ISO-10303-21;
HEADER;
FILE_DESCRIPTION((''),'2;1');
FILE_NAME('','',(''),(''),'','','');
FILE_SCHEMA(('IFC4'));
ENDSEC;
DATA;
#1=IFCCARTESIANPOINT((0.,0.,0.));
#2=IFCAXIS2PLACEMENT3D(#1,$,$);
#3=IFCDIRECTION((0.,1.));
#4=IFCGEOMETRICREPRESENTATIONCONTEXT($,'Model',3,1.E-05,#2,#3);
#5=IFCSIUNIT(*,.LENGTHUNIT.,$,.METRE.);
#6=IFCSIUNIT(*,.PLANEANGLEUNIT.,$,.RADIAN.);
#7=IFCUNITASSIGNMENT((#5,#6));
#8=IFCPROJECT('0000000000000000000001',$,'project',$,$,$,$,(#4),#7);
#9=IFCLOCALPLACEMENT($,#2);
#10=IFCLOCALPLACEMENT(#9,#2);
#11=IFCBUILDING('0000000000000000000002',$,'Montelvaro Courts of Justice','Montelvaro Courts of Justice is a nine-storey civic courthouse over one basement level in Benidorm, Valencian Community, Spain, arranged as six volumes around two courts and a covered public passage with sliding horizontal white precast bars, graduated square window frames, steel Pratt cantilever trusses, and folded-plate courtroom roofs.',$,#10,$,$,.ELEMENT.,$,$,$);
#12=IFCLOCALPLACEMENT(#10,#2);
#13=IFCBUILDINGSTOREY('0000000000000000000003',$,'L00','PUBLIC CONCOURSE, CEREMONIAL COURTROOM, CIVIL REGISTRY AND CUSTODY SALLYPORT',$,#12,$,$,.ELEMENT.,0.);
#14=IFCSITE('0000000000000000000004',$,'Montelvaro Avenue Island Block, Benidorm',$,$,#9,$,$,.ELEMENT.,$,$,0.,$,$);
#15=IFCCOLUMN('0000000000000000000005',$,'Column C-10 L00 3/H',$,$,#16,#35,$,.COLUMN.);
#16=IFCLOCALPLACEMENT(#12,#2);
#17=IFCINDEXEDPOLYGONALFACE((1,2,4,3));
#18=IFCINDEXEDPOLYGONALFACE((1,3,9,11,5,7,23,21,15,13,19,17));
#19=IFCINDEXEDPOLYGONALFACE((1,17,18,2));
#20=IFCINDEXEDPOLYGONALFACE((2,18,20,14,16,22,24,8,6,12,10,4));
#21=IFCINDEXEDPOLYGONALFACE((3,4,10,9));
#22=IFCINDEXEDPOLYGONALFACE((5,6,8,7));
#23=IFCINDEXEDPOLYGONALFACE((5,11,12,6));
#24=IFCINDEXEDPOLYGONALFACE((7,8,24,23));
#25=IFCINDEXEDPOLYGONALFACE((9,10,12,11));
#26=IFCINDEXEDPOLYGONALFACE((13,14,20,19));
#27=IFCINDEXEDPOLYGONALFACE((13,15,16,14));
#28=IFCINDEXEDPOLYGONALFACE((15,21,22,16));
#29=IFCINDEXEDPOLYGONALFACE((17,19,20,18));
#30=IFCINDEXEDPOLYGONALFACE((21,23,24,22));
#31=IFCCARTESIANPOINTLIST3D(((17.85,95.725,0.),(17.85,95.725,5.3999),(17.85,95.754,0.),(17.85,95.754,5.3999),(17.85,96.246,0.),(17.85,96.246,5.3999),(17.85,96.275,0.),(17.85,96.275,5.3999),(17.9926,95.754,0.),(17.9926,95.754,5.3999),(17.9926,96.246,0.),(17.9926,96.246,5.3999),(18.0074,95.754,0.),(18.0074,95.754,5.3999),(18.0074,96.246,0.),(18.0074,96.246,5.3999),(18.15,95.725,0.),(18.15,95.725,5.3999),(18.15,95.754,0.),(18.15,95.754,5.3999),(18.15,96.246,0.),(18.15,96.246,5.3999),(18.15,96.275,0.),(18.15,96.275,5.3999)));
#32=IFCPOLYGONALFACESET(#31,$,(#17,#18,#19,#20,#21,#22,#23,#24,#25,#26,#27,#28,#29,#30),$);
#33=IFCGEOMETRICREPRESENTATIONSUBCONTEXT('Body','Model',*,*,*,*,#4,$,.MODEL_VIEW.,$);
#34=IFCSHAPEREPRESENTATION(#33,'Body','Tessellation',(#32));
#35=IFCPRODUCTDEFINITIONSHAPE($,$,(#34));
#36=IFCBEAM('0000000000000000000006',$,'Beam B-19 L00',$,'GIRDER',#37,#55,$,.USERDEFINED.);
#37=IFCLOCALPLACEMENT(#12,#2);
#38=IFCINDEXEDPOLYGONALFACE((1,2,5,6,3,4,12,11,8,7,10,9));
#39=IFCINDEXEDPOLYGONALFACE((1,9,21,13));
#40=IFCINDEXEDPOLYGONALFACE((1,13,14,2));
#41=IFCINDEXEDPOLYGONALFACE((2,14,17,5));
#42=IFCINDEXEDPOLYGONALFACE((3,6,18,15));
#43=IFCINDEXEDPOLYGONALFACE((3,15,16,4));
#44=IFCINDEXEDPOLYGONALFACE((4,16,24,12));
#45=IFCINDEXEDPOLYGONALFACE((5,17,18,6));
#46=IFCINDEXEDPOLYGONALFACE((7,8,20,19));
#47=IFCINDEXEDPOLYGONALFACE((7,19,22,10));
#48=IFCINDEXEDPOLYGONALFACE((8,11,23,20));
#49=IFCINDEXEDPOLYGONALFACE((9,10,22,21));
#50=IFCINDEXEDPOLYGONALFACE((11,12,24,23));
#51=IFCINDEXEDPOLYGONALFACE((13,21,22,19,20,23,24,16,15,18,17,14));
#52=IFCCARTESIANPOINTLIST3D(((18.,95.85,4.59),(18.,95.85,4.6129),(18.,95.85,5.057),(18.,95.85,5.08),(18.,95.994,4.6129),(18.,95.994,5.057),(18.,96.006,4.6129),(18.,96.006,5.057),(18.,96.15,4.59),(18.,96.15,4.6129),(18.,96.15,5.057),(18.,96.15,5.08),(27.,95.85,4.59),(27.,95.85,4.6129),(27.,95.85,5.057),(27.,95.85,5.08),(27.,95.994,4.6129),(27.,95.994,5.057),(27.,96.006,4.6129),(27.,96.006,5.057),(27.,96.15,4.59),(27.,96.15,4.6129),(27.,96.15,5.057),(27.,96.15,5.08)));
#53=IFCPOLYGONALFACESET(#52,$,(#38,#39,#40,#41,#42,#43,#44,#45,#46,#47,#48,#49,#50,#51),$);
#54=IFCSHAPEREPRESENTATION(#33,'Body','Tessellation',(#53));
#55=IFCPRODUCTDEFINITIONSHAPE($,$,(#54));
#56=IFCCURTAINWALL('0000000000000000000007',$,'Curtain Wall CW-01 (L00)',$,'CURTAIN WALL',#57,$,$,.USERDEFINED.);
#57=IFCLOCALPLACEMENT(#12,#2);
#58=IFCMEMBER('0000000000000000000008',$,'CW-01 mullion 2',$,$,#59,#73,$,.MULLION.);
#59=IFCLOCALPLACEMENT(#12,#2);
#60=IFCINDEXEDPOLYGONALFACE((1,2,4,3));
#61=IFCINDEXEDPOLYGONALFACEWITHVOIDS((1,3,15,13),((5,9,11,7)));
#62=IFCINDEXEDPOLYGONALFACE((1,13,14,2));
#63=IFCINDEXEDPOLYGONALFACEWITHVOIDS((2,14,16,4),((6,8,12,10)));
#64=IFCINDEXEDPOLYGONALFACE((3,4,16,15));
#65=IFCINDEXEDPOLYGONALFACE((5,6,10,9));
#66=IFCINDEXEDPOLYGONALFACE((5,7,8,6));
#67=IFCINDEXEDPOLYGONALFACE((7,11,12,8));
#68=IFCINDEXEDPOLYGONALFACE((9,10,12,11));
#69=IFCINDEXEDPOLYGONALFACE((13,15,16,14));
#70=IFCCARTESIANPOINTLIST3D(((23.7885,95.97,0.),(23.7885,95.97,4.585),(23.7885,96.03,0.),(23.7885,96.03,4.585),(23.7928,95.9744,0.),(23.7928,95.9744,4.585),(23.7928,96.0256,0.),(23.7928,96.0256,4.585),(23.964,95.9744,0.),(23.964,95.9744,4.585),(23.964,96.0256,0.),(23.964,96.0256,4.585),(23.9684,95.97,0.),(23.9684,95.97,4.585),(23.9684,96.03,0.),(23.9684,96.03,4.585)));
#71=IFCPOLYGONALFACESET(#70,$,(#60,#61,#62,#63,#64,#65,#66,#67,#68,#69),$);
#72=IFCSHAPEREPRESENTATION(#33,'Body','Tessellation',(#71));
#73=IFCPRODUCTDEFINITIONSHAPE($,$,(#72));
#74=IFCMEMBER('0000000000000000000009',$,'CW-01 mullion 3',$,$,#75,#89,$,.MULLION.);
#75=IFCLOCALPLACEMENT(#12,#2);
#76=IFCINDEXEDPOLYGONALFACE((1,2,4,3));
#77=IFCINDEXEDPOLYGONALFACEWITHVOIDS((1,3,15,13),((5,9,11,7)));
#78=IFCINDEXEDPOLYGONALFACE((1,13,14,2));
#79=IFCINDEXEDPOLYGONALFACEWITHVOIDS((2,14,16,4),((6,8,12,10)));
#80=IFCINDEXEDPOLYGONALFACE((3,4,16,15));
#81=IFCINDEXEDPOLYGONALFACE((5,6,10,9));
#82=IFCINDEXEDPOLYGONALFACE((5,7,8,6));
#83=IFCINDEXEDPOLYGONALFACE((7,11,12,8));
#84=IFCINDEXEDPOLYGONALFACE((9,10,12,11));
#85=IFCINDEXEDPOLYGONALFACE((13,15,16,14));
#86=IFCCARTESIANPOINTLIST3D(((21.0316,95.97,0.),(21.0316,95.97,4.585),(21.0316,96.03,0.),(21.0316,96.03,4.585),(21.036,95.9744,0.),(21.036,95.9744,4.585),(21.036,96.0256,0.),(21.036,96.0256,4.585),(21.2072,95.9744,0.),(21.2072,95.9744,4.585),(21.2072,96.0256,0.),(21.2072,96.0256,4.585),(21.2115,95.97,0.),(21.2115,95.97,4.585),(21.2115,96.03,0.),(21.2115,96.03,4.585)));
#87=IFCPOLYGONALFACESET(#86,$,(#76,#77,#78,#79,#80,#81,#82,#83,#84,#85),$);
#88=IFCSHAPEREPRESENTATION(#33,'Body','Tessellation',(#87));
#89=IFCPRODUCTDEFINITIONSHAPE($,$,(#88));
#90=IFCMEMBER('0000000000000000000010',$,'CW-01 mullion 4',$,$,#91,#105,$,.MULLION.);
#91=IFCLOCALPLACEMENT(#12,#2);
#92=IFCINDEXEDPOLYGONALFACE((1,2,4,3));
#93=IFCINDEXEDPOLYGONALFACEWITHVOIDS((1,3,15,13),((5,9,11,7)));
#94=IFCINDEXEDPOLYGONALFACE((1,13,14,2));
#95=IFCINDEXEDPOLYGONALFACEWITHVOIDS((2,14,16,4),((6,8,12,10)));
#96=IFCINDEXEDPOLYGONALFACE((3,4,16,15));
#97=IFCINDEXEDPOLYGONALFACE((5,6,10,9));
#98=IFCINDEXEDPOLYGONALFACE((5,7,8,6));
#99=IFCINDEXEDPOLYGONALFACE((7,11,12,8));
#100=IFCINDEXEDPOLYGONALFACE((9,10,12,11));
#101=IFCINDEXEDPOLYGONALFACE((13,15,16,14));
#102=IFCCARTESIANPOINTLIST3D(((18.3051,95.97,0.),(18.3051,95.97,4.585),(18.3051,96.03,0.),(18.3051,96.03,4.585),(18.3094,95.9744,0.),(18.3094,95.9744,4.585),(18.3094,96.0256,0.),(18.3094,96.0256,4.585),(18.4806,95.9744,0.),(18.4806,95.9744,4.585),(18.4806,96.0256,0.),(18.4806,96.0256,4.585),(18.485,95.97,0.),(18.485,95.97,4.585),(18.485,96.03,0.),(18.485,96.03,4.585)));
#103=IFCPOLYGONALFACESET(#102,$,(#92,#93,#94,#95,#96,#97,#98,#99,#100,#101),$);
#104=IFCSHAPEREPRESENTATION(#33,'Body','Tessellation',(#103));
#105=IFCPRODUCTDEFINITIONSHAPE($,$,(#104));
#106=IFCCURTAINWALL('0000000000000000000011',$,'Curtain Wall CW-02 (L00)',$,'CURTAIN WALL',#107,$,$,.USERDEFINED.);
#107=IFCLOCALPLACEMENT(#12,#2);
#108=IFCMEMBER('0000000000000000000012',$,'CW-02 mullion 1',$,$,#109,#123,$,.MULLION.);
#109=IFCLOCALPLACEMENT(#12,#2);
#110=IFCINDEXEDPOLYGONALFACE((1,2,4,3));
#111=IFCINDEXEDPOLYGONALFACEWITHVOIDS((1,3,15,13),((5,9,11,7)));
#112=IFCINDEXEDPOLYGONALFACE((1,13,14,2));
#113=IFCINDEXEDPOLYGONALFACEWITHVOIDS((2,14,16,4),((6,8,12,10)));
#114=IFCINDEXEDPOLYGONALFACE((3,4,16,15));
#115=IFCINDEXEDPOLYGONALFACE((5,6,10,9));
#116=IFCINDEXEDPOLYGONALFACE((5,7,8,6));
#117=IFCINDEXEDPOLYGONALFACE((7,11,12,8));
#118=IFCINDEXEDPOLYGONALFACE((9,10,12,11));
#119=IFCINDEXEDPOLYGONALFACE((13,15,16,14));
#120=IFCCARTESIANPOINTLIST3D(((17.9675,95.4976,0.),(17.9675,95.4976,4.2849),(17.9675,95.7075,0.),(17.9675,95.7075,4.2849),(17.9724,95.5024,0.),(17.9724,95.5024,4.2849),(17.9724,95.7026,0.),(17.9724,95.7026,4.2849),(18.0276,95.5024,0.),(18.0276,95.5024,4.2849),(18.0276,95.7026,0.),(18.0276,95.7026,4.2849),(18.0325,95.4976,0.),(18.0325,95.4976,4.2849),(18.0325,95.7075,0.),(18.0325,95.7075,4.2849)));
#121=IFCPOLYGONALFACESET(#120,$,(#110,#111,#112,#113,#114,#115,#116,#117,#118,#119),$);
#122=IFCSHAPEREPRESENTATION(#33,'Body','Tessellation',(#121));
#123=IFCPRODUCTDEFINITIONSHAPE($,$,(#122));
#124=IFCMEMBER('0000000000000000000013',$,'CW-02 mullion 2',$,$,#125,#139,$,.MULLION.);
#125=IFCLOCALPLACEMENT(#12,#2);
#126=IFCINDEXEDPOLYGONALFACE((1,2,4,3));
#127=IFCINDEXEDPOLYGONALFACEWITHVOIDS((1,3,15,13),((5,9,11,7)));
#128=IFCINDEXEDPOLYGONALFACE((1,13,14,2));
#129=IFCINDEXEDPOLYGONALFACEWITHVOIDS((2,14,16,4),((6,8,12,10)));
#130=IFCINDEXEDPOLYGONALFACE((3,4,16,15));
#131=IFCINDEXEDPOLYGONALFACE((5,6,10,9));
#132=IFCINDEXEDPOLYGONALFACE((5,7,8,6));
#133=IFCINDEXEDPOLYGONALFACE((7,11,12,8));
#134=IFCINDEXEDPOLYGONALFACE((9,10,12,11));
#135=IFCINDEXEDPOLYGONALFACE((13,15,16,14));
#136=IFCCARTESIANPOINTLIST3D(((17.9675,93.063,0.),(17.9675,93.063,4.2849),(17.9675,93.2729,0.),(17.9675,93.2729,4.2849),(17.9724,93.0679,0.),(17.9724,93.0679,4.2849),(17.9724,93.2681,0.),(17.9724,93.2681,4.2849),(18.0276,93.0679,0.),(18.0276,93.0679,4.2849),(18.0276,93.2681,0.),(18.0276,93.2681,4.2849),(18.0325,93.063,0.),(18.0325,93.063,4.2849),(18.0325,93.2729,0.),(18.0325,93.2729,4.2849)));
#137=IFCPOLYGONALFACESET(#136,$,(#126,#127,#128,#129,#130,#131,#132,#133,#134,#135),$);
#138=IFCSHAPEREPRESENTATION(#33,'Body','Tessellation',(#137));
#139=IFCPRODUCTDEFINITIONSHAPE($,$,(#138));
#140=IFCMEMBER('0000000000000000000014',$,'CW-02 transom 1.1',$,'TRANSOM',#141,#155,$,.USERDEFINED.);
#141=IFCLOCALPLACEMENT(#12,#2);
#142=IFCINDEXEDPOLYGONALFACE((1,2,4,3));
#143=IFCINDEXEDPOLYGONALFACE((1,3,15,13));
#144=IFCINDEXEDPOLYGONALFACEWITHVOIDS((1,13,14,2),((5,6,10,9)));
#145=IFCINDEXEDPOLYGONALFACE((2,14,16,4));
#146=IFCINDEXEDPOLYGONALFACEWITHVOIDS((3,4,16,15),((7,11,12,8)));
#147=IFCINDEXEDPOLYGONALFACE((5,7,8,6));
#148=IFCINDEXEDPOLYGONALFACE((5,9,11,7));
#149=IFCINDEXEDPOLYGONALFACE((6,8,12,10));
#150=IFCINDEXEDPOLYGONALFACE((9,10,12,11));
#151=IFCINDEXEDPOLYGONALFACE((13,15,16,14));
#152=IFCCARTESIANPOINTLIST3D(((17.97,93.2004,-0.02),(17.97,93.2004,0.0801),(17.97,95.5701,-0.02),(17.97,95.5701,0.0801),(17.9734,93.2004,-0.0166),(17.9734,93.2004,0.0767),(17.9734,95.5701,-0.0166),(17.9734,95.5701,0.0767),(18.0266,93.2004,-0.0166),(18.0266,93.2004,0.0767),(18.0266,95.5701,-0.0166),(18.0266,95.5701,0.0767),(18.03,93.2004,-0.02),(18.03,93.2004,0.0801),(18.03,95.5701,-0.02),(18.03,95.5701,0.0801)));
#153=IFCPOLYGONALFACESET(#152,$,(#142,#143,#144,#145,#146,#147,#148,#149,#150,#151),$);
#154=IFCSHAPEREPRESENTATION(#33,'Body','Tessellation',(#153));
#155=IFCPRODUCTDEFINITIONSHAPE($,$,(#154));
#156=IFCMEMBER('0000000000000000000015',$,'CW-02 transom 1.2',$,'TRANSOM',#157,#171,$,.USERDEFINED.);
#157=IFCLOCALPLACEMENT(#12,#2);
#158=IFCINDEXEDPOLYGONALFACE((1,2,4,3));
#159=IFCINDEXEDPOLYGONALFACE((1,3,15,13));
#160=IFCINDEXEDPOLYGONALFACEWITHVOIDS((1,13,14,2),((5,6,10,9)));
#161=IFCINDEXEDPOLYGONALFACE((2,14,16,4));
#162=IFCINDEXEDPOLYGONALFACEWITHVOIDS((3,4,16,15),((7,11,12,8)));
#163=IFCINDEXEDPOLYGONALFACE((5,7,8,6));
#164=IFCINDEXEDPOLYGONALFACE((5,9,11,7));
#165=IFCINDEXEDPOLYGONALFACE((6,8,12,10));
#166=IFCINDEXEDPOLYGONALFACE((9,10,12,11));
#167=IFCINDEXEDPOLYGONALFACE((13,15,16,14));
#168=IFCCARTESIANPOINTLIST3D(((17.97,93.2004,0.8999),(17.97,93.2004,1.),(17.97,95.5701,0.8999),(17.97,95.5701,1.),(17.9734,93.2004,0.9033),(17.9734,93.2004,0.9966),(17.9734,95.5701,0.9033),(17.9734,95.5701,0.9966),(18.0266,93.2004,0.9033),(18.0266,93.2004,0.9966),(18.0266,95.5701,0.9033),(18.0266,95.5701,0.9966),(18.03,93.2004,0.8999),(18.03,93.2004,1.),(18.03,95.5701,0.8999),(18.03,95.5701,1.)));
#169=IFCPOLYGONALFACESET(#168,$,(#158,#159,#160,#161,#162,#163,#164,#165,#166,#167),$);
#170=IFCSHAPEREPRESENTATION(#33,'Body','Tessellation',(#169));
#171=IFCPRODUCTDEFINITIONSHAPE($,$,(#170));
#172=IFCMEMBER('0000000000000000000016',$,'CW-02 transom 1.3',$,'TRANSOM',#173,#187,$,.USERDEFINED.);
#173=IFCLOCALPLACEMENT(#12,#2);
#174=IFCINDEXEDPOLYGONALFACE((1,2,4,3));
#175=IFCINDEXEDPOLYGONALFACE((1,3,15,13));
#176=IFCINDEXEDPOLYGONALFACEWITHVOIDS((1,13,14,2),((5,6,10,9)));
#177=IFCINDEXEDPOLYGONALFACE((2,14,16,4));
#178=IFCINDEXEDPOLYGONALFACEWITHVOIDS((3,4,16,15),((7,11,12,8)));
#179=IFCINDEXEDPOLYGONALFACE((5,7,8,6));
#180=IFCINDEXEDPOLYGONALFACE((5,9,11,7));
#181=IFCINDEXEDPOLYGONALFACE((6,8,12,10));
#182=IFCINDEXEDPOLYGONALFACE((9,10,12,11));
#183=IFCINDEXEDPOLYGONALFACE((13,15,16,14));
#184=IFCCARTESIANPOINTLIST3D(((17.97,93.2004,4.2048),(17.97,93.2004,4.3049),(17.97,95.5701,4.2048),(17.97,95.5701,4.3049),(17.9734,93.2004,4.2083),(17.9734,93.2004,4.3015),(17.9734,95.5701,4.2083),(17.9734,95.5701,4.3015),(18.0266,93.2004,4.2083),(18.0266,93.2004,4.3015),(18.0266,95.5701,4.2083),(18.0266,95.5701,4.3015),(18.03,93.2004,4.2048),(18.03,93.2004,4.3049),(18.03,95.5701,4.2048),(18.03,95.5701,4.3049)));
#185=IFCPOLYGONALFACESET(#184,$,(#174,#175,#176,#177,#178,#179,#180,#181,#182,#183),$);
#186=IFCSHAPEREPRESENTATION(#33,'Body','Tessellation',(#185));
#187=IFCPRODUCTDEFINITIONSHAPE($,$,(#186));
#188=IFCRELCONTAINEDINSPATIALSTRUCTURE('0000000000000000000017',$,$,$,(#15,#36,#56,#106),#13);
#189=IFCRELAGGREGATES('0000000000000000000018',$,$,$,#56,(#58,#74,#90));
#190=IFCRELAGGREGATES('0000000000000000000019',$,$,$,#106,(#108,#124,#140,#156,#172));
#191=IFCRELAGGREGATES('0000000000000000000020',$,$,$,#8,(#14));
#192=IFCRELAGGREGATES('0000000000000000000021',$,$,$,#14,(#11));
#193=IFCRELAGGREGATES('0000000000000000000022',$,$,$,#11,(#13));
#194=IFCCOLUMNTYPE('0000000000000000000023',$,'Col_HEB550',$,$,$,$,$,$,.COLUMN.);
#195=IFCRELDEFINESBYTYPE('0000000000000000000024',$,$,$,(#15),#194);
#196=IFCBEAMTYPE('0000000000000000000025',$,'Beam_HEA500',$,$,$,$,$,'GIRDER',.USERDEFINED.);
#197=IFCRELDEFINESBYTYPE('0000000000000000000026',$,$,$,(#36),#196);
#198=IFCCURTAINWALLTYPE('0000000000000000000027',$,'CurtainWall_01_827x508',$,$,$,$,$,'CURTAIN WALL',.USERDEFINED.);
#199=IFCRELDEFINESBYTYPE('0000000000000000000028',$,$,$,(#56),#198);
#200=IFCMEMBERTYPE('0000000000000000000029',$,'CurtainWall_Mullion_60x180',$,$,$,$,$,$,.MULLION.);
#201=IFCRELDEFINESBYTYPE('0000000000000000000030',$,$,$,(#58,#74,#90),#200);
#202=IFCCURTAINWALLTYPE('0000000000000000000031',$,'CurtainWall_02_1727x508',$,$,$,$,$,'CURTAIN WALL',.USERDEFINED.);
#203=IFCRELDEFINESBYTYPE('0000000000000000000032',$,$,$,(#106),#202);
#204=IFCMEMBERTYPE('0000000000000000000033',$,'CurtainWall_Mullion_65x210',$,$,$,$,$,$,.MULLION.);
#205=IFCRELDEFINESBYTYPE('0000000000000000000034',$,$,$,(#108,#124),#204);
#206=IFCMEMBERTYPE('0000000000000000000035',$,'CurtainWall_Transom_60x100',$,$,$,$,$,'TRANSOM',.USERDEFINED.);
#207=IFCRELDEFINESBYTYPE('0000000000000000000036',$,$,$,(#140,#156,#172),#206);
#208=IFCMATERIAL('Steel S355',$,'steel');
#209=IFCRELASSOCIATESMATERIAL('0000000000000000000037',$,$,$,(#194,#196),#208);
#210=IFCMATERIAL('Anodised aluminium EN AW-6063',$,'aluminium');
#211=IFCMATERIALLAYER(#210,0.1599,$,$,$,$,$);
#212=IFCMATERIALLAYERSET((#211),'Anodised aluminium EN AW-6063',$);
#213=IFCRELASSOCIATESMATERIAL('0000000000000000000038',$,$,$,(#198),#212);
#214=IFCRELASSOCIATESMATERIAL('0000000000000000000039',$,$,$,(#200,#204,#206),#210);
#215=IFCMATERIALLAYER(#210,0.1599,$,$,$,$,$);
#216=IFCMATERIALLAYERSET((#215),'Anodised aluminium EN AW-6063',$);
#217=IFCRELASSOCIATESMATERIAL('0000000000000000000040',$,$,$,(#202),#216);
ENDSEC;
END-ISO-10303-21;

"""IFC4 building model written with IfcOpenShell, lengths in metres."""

from ifc_helpers import new_model, si_unit, direction, frame, origin, origin_2d, place, context, subcontext, project, spatial, hollow_rectangle, i_section, extrude, material, layer, layer_set, material_profile, profile_set, type_object, element, aggregate, save


model = new_model("IFC4")

# Units and contexts
model_context = context("Model", 3, precision=1e-05, world=origin(), true_north=direction((0.0, 1.0)))
body_context = subcontext(model_context, "Body", "Model", "MODEL_VIEW")
ifc_project = project(units=[si_unit("LENGTHUNIT", "METRE"), si_unit("PLANEANGLEUNIT", "RADIAN")], contexts=[model_context])

# Site, building, storey
site_placement = place(None, origin())
site = spatial("IfcSite", under=ifc_project, at=site_placement, Name="Montelvaro Avenue Island Block, Benidorm", CompositionType="ELEMENT", RefElevation=0.0)
building_placement = place(site_placement, origin())
building = spatial("IfcBuilding", under=site, at=building_placement, Name="Montelvaro Courts of Justice", Description="Montelvaro Courts of Justice is a nine-storey civic courthouse over one basement level in Benidorm, Valencian Community, Spain, arranged as six volumes around two courts and a covered public passage with sliding horizontal white precast bars, graduated square window frames, steel Pratt cantilever trusses, and folded-plate courtroom roofs.", CompositionType="ELEMENT")
storey_placement = place(building_placement, origin())
storey = spatial("IfcBuildingStorey", under=building, at=storey_placement, Name="L00", Description="PUBLIC CONCOURSE, CEREMONIAL COURTROOM, CIVIL REGISTRY AND CUSTODY SALLYPORT", CompositionType="ELEMENT", Elevation=0.0)

# Column
ifc_material_1 = material(Name="Steel S355", Category="steel")
ifc_material_profile_1 = material_profile(ifc_material_1, i_section(OverallWidth=0.3, OverallDepth=0.55, WebThickness=0.0149, FlangeThickness=0.0291, at=origin_2d()), Name="HEB 550")
ifc_profile_set_1 = profile_set([ifc_material_profile_1], Name="Steel S355")
column_type = type_object("IfcColumnType", Name="Col_HEB550", PredefinedType="COLUMN", material=ifc_profile_set_1)
column_placement = place(storey_placement, frame((18.0, 96.0, 0.0), z_axis=(0.0, 0.0, 1.0), x_axis=(1.0, 0.0, 0.0)))
element("IfcColumn", 1, at=column_placement, inside=storey, type_object=column_type, Name="Column C-10 L00 3/H", PredefinedType="COLUMN", context=body_context, shape_type="SweptSolid", body=[
    extrude(i_section(OverallWidth=0.3, OverallDepth=0.55, WebThickness=0.0149, FlangeThickness=0.0291, at=origin_2d()), origin(), (0.0, 0.0, 1.0), 5.3999),
])

# Beam
ifc_material_profile_2 = material_profile(ifc_material_1, i_section(OverallWidth=0.3, OverallDepth=0.49, WebThickness=0.012, FlangeThickness=0.0229, at=origin_2d()), Name="HEA 500")
ifc_profile_set_2 = profile_set([ifc_material_profile_2], Name="Steel S355")
beam_type = type_object("IfcBeamType", Name="Beam_HEA500", ElementType="GIRDER", PredefinedType="USERDEFINED", material=ifc_profile_set_2)
beam_placement = place(storey_placement, frame((18.0, 96.0, 4.835), z_axis=(1.0, 0.0, 0.0), x_axis=(0.0, 1.0, 0.0)))
element("IfcBeam", 2, at=beam_placement, inside=storey, type_object=beam_type, Name="Beam B-19 L00", ObjectType="GIRDER", PredefinedType="USERDEFINED", context=body_context, shape_type="SweptSolid", body=[
    extrude(i_section(OverallWidth=0.3, OverallDepth=0.49, WebThickness=0.012, FlangeThickness=0.0229, at=origin_2d()), origin(), (0.0, 0.0, 1.0), 9.0),
])

# Curtain walls, members
ifc_material_2 = material(Name="Anodised aluminium EN AW-6063", Category="aluminium")
ifc_layer_1 = layer(ifc_material_2, 0.1599)
ifc_layer_set_1 = layer_set([ifc_layer_1], Name="Anodised aluminium EN AW-6063")
curtain_wall_type_1 = type_object("IfcCurtainWallType", Name="CurtainWall_01_827x508", ElementType="CURTAIN WALL", PredefinedType="USERDEFINED", material=ifc_layer_set_1)
curtain_wall_1_placement = place(storey_placement, origin())
curtain_wall_1 = element("IfcCurtainWall", 3, at=curtain_wall_1_placement, inside=storey, type_object=curtain_wall_type_1, Name="Curtain Wall CW-01 (L00)", ObjectType="CURTAIN WALL", PredefinedType="USERDEFINED")
ifc_material_profile_3 = material_profile(ifc_material_2, hollow_rectangle(XDim=0.0601, YDim=0.1799, WallThickness=0.0044, at=origin_2d()), Name="ALU-M 60x180")
ifc_profile_set_3 = profile_set([ifc_material_profile_3], Name="Anodised aluminium EN AW-6063")
member_type_1 = type_object("IfcMemberType", Name="CurtainWall_Mullion_60x180", PredefinedType="MULLION", material=ifc_profile_set_3)
member_1_placement = place(storey_placement, frame((23.8784, 96.0, 0.0), z_axis=(0.0, 0.0, 1.0), x_axis=(0.0, -1.0, 0.0)))
member_1 = element("IfcMember", 4, at=member_1_placement, type_object=member_type_1, Name="CW-01 mullion 2", PredefinedType="MULLION", context=body_context, shape_type="SweptSolid", body=[
    extrude(hollow_rectangle(XDim=0.0601, YDim=0.1799, WallThickness=0.0044, at=origin_2d()), origin(), (0.0, 0.0, 1.0), 4.585),
])
member_2_placement = place(storey_placement, frame((21.1216, 96.0, 0.0), z_axis=(0.0, 0.0, 1.0), x_axis=(0.0, -1.0, 0.0)))
member_2 = element("IfcMember", 5, at=member_2_placement, type_object=member_type_1, Name="CW-01 mullion 3", PredefinedType="MULLION", context=body_context, shape_type="SweptSolid", body=[
    extrude(hollow_rectangle(XDim=0.0601, YDim=0.1799, WallThickness=0.0044, at=origin_2d()), origin(), (0.0, 0.0, 1.0), 4.585),
])
member_3_placement = place(storey_placement, frame((18.395, 96.0, 0.0), z_axis=(0.0, 0.0, 1.0), x_axis=(0.0, -1.0, 0.0)))
member_3 = element("IfcMember", 6, at=member_3_placement, type_object=member_type_1, Name="CW-01 mullion 4", PredefinedType="MULLION", context=body_context, shape_type="SweptSolid", body=[
    extrude(hollow_rectangle(XDim=0.0601, YDim=0.1799, WallThickness=0.0044, at=origin_2d()), origin(), (0.0, 0.0, 1.0), 4.585),
])
ifc_layer_2 = layer(ifc_material_2, 0.1599)
ifc_layer_set_2 = layer_set([ifc_layer_2], Name="Anodised aluminium EN AW-6063")
curtain_wall_type_2 = type_object("IfcCurtainWallType", Name="CurtainWall_02_1727x508", ElementType="CURTAIN WALL", PredefinedType="USERDEFINED", material=ifc_layer_set_2)
curtain_wall_2_placement = place(storey_placement, origin())
curtain_wall_2 = element("IfcCurtainWall", 7, at=curtain_wall_2_placement, inside=storey, type_object=curtain_wall_type_2, Name="Curtain Wall CW-02 (L00)", ObjectType="CURTAIN WALL", PredefinedType="USERDEFINED")
ifc_material_profile_4 = material_profile(ifc_material_2, hollow_rectangle(XDim=0.0649, YDim=0.21, WallThickness=0.0049, at=origin_2d()), Name="ALU-M 65x210")
ifc_profile_set_4 = profile_set([ifc_material_profile_4], Name="Anodised aluminium EN AW-6063")
member_type_2 = type_object("IfcMemberType", Name="CurtainWall_Mullion_65x210", PredefinedType="MULLION", material=ifc_profile_set_4)
member_4_placement = place(storey_placement, frame((18.0, 95.6025, 0.0), z_axis=(0.0, 0.0, 1.0), x_axis=(1.0, 0.0, 0.0)))
member_4 = element("IfcMember", 8, at=member_4_placement, type_object=member_type_2, Name="CW-02 mullion 1", PredefinedType="MULLION", context=body_context, shape_type="SweptSolid", body=[
    extrude(hollow_rectangle(XDim=0.0649, YDim=0.21, WallThickness=0.0049, at=origin_2d()), origin(), (0.0, 0.0, 1.0), 4.2849),
])
member_5_placement = place(storey_placement, frame((18.0, 93.168, 0.0), z_axis=(0.0, 0.0, 1.0), x_axis=(1.0, 0.0, 0.0)))
member_5 = element("IfcMember", 9, at=member_5_placement, type_object=member_type_2, Name="CW-02 mullion 2", PredefinedType="MULLION", context=body_context, shape_type="SweptSolid", body=[
    extrude(hollow_rectangle(XDim=0.0649, YDim=0.21, WallThickness=0.0049, at=origin_2d()), origin(), (0.0, 0.0, 1.0), 4.2849),
])
ifc_material_profile_5 = material_profile(ifc_material_2, hollow_rectangle(XDim=0.0601, YDim=0.1001, WallThickness=0.0034, at=origin_2d()), Name="ALU-T 60x100")
ifc_profile_set_5 = profile_set([ifc_material_profile_5], Name="Anodised aluminium EN AW-6063")
member_type_3 = type_object("IfcMemberType", Name="CurtainWall_Transom_60x100", ElementType="TRANSOM", PredefinedType="USERDEFINED", material=ifc_profile_set_5)
member_6_placement = place(storey_placement, frame((18.0, 95.5701, 0.03), z_axis=(0.0, -1.0, 0.0), x_axis=(1.0, 0.0, 0.0)))
member_6 = element("IfcMember", 10, at=member_6_placement, type_object=member_type_3, Name="CW-02 transom 1.1", ObjectType="TRANSOM", PredefinedType="USERDEFINED", context=body_context, shape_type="SweptSolid", body=[
    extrude(hollow_rectangle(XDim=0.0601, YDim=0.1001, WallThickness=0.0034, at=origin_2d()), origin(), (0.0, 0.0, 1.0), 2.3696),
])
member_7_placement = place(storey_placement, frame((18.0, 95.5701, 0.95), z_axis=(0.0, -1.0, 0.0), x_axis=(1.0, 0.0, 0.0)))
member_7 = element("IfcMember", 11, at=member_7_placement, type_object=member_type_3, Name="CW-02 transom 1.2", ObjectType="TRANSOM", PredefinedType="USERDEFINED", context=body_context, shape_type="SweptSolid", body=[
    extrude(hollow_rectangle(XDim=0.0601, YDim=0.1001, WallThickness=0.0034, at=origin_2d()), origin(), (0.0, 0.0, 1.0), 2.3696),
])
member_8_placement = place(storey_placement, frame((18.0, 95.5701, 4.2549), z_axis=(0.0, -1.0, 0.0), x_axis=(1.0, 0.0, 0.0)))
member_8 = element("IfcMember", 12, at=member_8_placement, type_object=member_type_3, Name="CW-02 transom 1.3", ObjectType="TRANSOM", PredefinedType="USERDEFINED", context=body_context, shape_type="SweptSolid", body=[
    extrude(hollow_rectangle(XDim=0.0601, YDim=0.1001, WallThickness=0.0034, at=origin_2d()), origin(), (0.0, 0.0, 1.0), 2.3696),
])

aggregate(curtain_wall_1, [member_1, member_2, member_3])
aggregate(curtain_wall_2, [member_4, member_5, member_6, member_7, member_8])

save(model, "model.ifc")
